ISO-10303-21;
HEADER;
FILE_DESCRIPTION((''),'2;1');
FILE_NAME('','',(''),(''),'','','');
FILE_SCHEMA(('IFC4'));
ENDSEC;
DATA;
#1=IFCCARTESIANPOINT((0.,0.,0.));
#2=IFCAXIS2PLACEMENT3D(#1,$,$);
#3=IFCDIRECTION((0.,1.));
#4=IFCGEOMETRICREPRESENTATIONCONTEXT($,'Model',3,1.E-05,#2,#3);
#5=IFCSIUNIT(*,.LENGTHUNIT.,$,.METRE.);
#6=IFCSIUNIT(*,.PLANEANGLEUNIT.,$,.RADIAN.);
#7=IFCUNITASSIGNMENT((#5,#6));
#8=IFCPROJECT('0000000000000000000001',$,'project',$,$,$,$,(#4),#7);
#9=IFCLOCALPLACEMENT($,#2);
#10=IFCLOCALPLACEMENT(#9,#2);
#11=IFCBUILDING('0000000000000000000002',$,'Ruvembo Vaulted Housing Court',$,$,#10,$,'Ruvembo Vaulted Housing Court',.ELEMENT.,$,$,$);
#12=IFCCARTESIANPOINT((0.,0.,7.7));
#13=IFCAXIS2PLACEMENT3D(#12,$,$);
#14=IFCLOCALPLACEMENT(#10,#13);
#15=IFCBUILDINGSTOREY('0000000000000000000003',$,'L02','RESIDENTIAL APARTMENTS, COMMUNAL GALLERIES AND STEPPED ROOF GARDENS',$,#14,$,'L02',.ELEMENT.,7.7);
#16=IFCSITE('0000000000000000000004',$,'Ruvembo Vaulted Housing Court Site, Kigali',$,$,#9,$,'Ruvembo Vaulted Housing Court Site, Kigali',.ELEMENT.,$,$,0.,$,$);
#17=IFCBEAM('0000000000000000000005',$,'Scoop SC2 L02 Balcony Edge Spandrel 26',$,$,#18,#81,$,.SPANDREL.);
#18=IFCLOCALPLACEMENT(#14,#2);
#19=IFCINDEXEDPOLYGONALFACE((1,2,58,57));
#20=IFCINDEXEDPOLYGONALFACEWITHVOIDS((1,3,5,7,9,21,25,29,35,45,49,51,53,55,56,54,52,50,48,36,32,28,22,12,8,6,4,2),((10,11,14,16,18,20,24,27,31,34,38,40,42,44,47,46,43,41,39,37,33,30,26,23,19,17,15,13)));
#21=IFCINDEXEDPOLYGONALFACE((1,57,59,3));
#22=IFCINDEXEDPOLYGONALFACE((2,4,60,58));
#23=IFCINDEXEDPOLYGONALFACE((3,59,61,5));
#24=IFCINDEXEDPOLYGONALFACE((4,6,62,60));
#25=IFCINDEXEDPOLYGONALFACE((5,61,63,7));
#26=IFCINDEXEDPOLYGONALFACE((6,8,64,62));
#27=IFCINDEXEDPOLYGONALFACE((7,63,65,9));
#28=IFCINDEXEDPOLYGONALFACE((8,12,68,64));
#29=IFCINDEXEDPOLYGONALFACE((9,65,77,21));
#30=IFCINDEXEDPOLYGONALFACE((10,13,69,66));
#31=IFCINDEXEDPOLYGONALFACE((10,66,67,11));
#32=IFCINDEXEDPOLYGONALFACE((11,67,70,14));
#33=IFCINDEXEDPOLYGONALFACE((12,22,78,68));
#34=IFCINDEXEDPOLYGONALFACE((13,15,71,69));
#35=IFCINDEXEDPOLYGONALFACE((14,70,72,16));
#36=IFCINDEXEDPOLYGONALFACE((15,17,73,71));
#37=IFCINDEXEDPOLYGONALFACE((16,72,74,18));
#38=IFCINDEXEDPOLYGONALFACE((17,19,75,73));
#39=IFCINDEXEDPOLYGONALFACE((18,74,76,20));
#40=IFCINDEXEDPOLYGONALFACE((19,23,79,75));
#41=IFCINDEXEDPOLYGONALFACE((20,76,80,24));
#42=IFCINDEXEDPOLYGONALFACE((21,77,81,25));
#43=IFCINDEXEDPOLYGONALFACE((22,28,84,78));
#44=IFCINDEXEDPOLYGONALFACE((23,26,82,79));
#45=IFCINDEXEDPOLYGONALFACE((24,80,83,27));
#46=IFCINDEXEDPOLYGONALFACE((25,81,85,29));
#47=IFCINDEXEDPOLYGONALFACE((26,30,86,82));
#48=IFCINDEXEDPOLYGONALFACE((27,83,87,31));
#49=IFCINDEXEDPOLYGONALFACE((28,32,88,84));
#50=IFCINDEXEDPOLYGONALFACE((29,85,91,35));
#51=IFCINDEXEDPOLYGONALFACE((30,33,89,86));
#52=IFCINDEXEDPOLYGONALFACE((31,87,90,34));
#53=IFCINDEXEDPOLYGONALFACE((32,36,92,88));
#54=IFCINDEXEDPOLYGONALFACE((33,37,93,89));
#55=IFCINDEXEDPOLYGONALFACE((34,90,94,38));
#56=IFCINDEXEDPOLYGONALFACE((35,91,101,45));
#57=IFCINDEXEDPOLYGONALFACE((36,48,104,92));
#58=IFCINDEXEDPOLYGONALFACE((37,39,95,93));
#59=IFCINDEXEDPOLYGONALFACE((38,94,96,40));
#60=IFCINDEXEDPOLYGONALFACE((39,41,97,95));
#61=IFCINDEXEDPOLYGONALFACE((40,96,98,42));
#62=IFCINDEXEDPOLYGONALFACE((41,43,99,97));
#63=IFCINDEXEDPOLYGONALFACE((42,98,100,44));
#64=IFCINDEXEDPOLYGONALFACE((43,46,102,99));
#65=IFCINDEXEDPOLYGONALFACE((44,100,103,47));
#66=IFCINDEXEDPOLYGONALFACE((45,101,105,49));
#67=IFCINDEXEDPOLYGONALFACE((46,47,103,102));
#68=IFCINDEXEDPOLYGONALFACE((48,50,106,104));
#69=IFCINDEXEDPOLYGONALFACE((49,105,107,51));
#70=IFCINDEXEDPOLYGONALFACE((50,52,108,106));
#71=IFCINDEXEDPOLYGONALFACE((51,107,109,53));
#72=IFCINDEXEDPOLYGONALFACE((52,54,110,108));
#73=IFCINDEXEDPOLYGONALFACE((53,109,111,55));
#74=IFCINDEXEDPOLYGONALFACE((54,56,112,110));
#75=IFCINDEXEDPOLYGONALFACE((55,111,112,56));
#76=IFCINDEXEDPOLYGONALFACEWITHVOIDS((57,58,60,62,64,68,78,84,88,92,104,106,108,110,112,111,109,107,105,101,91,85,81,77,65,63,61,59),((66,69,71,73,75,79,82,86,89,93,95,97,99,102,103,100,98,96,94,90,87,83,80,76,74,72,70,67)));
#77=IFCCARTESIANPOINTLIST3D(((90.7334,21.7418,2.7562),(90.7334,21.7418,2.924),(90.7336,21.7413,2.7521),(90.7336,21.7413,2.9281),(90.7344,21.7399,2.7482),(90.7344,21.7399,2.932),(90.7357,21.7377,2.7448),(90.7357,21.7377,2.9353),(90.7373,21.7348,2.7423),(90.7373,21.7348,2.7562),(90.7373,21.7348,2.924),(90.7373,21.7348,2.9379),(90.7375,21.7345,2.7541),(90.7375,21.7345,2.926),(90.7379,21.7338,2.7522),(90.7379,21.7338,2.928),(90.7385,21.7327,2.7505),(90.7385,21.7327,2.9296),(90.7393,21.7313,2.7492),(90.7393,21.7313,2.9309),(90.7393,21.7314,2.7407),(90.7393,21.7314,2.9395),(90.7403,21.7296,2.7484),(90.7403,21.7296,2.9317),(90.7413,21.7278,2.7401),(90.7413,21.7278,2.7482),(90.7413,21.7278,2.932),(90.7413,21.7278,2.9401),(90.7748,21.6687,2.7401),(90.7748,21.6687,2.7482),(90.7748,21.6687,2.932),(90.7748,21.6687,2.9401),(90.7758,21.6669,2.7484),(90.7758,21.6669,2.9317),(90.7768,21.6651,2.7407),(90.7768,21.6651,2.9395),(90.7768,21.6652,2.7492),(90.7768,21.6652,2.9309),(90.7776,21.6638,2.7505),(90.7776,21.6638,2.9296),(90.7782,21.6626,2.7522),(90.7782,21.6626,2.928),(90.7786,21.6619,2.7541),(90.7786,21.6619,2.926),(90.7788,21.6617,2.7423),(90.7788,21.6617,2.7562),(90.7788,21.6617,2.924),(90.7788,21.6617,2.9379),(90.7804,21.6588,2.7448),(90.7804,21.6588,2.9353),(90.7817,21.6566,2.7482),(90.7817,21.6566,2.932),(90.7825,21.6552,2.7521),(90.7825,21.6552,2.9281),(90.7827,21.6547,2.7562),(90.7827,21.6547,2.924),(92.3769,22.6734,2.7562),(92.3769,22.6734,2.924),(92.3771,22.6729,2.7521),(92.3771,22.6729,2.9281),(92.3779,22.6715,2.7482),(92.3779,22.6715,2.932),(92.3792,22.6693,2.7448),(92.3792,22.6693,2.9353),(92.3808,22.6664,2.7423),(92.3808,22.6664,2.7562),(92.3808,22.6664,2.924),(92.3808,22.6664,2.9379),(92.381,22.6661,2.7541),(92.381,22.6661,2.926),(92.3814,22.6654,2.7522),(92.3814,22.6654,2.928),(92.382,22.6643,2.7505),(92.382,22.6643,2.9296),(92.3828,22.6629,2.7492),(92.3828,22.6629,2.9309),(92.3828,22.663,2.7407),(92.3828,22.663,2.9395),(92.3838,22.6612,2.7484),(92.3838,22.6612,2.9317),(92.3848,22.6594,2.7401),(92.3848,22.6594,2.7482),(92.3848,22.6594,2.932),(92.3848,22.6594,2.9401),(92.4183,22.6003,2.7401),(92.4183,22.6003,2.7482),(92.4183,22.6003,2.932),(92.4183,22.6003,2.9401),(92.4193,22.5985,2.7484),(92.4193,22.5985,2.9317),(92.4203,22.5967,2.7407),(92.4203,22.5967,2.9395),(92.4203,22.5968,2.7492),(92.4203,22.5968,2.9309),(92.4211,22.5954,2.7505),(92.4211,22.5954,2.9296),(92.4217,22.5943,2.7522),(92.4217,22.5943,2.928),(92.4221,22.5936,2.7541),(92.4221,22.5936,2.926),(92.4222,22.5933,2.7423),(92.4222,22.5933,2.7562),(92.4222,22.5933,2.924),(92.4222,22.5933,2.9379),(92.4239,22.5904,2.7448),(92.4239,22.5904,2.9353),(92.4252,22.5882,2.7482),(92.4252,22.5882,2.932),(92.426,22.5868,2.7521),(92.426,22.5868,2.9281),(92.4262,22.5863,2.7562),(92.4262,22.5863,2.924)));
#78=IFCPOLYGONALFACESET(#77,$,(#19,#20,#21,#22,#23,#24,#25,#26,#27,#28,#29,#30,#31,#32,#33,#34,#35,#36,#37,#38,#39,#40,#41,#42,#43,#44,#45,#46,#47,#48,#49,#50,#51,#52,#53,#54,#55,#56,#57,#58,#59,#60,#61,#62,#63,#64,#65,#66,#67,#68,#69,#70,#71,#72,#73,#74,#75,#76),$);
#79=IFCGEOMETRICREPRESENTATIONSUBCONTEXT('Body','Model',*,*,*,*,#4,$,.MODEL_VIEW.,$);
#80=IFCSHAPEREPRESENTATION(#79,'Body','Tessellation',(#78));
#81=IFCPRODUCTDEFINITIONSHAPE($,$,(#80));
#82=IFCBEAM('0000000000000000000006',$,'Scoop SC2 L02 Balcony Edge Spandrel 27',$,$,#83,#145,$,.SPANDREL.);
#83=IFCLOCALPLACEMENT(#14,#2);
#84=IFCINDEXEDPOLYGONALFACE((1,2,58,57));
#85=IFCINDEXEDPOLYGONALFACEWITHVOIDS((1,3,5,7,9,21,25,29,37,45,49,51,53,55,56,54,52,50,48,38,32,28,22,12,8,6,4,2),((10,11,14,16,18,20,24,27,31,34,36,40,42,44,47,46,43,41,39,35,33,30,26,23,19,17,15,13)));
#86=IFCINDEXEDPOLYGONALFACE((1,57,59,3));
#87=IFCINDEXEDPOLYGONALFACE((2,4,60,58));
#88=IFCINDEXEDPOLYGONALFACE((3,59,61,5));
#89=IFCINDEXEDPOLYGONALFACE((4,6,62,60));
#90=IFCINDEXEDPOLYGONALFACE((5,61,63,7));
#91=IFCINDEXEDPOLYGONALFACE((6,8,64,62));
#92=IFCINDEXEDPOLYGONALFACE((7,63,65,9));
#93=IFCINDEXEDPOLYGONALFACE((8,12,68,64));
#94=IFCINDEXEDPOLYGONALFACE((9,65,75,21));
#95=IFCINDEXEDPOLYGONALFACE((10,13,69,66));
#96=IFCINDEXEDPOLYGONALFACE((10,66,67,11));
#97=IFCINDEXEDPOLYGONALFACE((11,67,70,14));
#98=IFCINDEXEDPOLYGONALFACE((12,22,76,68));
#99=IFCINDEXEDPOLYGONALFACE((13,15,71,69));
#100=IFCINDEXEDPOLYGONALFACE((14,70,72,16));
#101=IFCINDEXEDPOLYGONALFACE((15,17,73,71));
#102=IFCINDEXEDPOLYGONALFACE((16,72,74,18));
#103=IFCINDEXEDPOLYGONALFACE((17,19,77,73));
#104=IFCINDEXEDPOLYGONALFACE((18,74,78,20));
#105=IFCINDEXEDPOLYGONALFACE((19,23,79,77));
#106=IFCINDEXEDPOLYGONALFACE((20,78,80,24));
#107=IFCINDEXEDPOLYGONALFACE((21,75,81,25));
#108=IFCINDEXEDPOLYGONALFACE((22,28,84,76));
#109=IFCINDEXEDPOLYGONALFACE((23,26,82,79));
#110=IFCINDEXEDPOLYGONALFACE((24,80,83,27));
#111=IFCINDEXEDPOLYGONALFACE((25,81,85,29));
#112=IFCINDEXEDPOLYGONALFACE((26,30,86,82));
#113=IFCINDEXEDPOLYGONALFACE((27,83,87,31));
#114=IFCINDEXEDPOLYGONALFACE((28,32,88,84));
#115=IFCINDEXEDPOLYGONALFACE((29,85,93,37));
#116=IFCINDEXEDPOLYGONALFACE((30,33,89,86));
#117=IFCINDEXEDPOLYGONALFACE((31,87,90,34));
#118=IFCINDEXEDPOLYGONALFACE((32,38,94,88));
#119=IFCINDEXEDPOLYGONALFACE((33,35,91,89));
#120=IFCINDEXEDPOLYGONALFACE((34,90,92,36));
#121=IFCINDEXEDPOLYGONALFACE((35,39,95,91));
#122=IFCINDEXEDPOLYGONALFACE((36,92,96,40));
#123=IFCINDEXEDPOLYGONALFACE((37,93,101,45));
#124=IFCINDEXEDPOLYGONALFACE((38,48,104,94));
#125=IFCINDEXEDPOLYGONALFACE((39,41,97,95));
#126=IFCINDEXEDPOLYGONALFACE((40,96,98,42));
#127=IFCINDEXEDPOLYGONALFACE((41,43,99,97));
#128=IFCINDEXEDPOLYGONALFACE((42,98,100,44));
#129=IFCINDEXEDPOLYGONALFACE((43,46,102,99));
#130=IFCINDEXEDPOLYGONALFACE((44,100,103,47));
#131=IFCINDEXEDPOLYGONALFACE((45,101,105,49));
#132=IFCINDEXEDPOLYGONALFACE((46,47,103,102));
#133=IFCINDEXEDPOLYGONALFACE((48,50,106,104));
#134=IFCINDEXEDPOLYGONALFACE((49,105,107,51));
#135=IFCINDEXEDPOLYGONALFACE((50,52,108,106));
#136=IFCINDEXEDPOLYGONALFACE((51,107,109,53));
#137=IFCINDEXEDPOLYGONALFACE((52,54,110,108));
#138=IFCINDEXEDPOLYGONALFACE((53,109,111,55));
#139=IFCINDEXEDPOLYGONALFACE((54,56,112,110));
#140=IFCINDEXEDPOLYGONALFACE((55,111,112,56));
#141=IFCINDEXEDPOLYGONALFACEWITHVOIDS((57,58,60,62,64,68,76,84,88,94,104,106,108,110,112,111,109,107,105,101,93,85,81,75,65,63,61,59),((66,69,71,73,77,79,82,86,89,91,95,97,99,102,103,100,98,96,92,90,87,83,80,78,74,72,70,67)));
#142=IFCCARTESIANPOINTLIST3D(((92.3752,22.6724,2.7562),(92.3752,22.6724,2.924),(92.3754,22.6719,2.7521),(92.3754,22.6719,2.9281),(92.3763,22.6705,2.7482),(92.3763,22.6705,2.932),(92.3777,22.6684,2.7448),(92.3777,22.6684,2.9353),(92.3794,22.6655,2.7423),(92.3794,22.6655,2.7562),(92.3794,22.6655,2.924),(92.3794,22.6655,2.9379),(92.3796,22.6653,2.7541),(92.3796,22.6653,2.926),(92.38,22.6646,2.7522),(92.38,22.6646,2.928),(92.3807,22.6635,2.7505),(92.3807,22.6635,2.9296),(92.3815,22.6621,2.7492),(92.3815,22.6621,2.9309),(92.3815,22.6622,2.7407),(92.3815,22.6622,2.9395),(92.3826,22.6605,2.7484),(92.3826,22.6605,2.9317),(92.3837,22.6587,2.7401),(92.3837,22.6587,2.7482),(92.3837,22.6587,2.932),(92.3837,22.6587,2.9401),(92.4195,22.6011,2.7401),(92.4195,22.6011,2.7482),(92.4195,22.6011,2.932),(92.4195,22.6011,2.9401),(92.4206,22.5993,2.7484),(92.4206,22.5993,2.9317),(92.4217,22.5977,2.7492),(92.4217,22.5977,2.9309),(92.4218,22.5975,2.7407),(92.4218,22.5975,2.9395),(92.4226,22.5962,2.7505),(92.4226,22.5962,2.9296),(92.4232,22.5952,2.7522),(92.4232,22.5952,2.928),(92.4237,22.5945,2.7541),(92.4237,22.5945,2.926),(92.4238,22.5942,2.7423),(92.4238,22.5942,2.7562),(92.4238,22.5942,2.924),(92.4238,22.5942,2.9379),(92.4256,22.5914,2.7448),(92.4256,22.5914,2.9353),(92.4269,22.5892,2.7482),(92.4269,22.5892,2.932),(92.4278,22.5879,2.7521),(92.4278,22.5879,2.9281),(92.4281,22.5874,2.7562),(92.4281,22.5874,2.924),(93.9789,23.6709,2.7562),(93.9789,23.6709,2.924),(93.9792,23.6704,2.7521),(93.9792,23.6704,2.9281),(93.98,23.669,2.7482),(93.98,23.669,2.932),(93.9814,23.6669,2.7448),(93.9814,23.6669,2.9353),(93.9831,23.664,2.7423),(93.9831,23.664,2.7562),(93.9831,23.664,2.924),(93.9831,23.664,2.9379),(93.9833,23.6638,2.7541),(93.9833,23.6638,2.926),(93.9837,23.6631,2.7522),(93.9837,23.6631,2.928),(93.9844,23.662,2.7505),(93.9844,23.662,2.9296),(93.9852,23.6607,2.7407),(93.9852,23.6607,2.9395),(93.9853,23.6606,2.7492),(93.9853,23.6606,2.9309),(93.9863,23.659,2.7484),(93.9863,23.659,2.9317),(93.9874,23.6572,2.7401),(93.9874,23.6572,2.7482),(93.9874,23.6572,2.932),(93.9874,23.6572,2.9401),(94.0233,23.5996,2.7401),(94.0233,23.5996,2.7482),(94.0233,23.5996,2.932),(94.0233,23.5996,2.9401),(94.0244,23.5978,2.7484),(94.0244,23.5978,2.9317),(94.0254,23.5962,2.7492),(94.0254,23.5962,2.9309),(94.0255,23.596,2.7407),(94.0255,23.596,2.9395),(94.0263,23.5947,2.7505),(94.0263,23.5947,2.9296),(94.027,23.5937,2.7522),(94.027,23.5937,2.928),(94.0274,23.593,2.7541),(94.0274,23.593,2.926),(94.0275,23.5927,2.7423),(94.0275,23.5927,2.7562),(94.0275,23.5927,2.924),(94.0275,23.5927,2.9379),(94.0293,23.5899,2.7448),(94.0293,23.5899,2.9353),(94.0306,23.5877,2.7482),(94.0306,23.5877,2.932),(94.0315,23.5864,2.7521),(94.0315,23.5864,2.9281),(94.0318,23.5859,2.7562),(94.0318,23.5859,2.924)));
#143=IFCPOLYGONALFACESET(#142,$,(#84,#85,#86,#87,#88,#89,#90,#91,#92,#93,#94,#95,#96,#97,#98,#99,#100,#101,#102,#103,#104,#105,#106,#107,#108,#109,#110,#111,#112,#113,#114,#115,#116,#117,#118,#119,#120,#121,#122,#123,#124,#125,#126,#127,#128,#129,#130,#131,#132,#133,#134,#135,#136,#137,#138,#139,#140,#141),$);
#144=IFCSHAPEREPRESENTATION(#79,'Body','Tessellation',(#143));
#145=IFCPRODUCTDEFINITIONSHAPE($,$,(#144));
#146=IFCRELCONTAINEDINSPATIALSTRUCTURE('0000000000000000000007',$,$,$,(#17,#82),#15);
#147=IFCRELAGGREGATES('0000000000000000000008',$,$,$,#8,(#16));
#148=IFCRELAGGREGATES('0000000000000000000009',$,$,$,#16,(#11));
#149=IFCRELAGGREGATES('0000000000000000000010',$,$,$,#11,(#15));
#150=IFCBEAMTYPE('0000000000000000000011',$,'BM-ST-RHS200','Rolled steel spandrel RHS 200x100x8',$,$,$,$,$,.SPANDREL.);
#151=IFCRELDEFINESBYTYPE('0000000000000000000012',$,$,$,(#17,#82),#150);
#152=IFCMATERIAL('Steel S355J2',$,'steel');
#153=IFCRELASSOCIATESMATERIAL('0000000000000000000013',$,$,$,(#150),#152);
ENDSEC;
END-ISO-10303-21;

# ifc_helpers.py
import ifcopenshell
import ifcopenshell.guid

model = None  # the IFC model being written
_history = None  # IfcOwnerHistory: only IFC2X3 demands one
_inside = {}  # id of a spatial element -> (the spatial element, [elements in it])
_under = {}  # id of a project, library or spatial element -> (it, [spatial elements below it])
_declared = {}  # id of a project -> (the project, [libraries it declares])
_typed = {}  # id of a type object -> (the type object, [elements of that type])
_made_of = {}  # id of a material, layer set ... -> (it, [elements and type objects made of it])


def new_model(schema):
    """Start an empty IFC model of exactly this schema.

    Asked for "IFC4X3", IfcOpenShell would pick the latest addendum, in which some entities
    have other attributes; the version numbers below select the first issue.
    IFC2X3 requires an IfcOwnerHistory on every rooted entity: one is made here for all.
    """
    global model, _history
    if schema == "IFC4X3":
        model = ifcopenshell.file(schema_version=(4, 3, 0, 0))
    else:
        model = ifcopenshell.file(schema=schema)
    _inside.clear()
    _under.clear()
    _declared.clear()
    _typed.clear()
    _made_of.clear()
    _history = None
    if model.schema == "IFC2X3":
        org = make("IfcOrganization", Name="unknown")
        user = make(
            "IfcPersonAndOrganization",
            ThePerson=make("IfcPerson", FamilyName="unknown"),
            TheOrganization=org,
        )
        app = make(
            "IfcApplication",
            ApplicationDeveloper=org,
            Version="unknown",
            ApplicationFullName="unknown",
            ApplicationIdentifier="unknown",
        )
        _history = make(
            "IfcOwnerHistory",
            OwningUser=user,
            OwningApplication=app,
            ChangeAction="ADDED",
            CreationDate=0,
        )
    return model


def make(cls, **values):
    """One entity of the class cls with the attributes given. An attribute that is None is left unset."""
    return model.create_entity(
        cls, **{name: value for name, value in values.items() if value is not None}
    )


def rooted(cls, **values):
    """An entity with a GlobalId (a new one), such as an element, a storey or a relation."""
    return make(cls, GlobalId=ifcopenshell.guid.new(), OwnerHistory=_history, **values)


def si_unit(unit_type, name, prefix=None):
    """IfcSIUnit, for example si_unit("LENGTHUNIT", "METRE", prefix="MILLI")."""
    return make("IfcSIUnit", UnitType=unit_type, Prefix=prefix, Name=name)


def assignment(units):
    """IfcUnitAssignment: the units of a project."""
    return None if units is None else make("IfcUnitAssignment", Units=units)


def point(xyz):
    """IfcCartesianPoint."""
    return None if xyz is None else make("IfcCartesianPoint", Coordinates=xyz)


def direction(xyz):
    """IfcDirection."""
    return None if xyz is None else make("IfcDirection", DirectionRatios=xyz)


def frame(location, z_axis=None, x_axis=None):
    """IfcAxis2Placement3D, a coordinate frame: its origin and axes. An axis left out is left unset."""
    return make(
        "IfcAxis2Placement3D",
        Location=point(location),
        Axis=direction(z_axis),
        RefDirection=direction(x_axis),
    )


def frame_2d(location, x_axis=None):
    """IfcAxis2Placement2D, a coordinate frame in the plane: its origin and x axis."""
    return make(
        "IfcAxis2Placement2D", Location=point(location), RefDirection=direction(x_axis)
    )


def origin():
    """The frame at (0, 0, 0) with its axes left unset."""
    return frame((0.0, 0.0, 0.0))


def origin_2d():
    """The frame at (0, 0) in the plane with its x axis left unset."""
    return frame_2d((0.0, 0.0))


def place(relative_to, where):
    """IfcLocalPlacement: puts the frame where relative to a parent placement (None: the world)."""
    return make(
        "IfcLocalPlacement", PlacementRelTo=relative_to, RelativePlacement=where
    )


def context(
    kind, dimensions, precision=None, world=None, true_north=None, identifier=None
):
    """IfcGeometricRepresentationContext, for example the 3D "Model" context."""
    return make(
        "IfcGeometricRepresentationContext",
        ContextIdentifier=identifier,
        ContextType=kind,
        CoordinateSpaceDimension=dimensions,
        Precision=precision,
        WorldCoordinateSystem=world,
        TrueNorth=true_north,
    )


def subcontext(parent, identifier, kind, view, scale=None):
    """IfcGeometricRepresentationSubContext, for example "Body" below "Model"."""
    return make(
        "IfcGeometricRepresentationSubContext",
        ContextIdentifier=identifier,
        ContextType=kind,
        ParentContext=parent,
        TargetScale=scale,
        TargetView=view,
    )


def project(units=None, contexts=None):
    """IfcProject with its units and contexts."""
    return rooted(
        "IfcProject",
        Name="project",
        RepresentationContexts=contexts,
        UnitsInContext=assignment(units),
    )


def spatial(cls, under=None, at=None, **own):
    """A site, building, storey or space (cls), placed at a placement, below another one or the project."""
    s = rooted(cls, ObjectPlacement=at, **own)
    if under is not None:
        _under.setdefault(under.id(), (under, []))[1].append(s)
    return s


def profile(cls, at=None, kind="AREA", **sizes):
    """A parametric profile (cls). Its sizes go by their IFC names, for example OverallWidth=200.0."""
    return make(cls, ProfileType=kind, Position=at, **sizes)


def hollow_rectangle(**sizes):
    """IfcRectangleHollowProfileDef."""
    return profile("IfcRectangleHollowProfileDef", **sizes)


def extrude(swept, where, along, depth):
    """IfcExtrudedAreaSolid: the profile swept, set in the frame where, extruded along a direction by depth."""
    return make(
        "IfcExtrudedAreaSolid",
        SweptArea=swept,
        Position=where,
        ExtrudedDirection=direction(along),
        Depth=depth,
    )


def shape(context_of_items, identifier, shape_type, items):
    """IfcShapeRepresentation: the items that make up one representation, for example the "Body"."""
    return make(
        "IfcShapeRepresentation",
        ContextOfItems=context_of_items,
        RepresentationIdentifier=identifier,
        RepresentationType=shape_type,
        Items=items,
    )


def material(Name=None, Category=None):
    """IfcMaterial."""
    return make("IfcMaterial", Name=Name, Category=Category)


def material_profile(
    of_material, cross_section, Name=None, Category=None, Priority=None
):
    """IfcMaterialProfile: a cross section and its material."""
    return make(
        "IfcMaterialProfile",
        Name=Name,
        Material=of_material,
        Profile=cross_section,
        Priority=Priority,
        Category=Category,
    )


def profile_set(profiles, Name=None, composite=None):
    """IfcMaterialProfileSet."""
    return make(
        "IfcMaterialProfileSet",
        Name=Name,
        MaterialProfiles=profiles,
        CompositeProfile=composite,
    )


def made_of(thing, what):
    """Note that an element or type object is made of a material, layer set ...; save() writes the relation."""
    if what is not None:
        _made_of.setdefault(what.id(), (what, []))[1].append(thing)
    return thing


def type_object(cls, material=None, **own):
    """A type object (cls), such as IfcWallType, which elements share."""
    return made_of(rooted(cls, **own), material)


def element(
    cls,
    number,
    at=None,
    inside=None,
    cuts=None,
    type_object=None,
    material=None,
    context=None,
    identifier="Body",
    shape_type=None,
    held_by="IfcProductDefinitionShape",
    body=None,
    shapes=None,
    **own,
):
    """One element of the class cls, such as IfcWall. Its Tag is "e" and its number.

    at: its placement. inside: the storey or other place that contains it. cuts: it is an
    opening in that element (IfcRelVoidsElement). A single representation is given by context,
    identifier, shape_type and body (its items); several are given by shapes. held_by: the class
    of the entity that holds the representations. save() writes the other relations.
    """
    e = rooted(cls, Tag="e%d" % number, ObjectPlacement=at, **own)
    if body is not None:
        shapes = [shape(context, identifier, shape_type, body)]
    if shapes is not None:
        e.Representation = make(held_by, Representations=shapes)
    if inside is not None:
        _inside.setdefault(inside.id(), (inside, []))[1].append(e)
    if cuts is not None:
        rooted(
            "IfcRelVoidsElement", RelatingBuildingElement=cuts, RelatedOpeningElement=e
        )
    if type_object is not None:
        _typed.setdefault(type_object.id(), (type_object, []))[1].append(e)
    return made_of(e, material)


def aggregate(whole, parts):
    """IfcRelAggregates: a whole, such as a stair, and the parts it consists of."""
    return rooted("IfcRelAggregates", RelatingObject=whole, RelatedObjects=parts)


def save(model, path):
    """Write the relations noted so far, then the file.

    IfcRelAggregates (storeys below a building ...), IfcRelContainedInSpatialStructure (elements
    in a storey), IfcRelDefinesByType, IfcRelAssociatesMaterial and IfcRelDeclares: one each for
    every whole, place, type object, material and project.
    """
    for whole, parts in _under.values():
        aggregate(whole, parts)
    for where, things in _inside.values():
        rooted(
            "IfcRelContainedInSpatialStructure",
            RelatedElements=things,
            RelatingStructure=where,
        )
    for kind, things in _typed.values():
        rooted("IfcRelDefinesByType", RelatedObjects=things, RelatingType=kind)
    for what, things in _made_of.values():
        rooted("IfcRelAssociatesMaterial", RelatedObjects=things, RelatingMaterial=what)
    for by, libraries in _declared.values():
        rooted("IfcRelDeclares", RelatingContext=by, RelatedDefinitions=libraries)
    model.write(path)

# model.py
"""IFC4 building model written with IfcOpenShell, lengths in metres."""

from ifc_helpers import new_model, si_unit, direction, frame, origin, origin_2d, place, context, subcontext, project, spatial, hollow_rectangle, extrude, material, material_profile, profile_set, type_object, element, save


model = new_model("IFC4")

# Units and contexts
model_context = context("Model", 3, precision=1e-05, world=origin(), true_north=direction((0.0, 1.0)))
body_context = subcontext(model_context, "Body", "Model", "MODEL_VIEW")
ifc_project = project(units=[si_unit("LENGTHUNIT", "METRE"), si_unit("PLANEANGLEUNIT", "RADIAN")], contexts=[model_context])

# Site, building, storey
site_placement = place(None, origin())
site = spatial("IfcSite", under=ifc_project, at=site_placement, Name="Ruvembo Vaulted Housing Court Site, Kigali", LongName="Ruvembo Vaulted Housing Court Site, Kigali", CompositionType="ELEMENT", RefElevation=0.0)
building_placement = place(site_placement, origin())
building = spatial("IfcBuilding", under=site, at=building_placement, Name="Ruvembo Vaulted Housing Court", LongName="Ruvembo Vaulted Housing Court", CompositionType="ELEMENT")
storey_placement = place(building_placement, frame((0.0, 0.0, 7.7)))
storey = spatial("IfcBuildingStorey", under=building, at=storey_placement, Name="L02", Description="RESIDENTIAL APARTMENTS, COMMUNAL GALLERIES AND STEPPED ROOF GARDENS", LongName="L02", CompositionType="ELEMENT", Elevation=7.7)

# Beams
ifc_material_1 = material(Name="Steel S355J2", Category="steel")
ifc_material_profile_1 = material_profile(ifc_material_1, hollow_rectangle(XDim=0.1001, YDim=0.2, WallThickness=0.0081, InnerFilletRadius=0.0081, OuterFilletRadius=0.0161, at=origin_2d()), Name="RHS 200x100x8")
ifc_profile_set_1 = profile_set([ifc_material_profile_1], Name="Steel S355J2")
beam_type = type_object("IfcBeamType", Name="BM-ST-RHS200", Description="Rolled steel spandrel RHS 200x100x8", PredefinedType="SPANDREL", material=ifc_profile_set_1)
for number, where, z_axis, x_axis, name in (
    (1, (90.7581, 21.6982, 2.8401), (0.869956, 0.49313, 0.0), (-0.49313, 0.869956, 0.0), "Scoop SC2 L02 Balcony Edge Spandrel 26"),
    (2, (92.4016, 22.6299, 2.8401), (0.848905, 0.528546, 0.0), (-0.528546, 0.848905, 0.0), "Scoop SC2 L02 Balcony Edge Spandrel 27"),
):
    element("IfcBeam", number, at=place(storey_placement, frame(where, z_axis=z_axis, x_axis=x_axis)), inside=storey, type_object=beam_type, Name=name, PredefinedType="SPANDREL", context=body_context, shape_type="SweptSolid", body=[
        extrude(hollow_rectangle(XDim=0.1001, YDim=0.2, WallThickness=0.0081, InnerFilletRadius=0.0081, OuterFilletRadius=0.0161, at=origin_2d()), origin(), (0.0, 0.0, 1.0), 1.8892),
    ])

save(model, "model.ifc")
